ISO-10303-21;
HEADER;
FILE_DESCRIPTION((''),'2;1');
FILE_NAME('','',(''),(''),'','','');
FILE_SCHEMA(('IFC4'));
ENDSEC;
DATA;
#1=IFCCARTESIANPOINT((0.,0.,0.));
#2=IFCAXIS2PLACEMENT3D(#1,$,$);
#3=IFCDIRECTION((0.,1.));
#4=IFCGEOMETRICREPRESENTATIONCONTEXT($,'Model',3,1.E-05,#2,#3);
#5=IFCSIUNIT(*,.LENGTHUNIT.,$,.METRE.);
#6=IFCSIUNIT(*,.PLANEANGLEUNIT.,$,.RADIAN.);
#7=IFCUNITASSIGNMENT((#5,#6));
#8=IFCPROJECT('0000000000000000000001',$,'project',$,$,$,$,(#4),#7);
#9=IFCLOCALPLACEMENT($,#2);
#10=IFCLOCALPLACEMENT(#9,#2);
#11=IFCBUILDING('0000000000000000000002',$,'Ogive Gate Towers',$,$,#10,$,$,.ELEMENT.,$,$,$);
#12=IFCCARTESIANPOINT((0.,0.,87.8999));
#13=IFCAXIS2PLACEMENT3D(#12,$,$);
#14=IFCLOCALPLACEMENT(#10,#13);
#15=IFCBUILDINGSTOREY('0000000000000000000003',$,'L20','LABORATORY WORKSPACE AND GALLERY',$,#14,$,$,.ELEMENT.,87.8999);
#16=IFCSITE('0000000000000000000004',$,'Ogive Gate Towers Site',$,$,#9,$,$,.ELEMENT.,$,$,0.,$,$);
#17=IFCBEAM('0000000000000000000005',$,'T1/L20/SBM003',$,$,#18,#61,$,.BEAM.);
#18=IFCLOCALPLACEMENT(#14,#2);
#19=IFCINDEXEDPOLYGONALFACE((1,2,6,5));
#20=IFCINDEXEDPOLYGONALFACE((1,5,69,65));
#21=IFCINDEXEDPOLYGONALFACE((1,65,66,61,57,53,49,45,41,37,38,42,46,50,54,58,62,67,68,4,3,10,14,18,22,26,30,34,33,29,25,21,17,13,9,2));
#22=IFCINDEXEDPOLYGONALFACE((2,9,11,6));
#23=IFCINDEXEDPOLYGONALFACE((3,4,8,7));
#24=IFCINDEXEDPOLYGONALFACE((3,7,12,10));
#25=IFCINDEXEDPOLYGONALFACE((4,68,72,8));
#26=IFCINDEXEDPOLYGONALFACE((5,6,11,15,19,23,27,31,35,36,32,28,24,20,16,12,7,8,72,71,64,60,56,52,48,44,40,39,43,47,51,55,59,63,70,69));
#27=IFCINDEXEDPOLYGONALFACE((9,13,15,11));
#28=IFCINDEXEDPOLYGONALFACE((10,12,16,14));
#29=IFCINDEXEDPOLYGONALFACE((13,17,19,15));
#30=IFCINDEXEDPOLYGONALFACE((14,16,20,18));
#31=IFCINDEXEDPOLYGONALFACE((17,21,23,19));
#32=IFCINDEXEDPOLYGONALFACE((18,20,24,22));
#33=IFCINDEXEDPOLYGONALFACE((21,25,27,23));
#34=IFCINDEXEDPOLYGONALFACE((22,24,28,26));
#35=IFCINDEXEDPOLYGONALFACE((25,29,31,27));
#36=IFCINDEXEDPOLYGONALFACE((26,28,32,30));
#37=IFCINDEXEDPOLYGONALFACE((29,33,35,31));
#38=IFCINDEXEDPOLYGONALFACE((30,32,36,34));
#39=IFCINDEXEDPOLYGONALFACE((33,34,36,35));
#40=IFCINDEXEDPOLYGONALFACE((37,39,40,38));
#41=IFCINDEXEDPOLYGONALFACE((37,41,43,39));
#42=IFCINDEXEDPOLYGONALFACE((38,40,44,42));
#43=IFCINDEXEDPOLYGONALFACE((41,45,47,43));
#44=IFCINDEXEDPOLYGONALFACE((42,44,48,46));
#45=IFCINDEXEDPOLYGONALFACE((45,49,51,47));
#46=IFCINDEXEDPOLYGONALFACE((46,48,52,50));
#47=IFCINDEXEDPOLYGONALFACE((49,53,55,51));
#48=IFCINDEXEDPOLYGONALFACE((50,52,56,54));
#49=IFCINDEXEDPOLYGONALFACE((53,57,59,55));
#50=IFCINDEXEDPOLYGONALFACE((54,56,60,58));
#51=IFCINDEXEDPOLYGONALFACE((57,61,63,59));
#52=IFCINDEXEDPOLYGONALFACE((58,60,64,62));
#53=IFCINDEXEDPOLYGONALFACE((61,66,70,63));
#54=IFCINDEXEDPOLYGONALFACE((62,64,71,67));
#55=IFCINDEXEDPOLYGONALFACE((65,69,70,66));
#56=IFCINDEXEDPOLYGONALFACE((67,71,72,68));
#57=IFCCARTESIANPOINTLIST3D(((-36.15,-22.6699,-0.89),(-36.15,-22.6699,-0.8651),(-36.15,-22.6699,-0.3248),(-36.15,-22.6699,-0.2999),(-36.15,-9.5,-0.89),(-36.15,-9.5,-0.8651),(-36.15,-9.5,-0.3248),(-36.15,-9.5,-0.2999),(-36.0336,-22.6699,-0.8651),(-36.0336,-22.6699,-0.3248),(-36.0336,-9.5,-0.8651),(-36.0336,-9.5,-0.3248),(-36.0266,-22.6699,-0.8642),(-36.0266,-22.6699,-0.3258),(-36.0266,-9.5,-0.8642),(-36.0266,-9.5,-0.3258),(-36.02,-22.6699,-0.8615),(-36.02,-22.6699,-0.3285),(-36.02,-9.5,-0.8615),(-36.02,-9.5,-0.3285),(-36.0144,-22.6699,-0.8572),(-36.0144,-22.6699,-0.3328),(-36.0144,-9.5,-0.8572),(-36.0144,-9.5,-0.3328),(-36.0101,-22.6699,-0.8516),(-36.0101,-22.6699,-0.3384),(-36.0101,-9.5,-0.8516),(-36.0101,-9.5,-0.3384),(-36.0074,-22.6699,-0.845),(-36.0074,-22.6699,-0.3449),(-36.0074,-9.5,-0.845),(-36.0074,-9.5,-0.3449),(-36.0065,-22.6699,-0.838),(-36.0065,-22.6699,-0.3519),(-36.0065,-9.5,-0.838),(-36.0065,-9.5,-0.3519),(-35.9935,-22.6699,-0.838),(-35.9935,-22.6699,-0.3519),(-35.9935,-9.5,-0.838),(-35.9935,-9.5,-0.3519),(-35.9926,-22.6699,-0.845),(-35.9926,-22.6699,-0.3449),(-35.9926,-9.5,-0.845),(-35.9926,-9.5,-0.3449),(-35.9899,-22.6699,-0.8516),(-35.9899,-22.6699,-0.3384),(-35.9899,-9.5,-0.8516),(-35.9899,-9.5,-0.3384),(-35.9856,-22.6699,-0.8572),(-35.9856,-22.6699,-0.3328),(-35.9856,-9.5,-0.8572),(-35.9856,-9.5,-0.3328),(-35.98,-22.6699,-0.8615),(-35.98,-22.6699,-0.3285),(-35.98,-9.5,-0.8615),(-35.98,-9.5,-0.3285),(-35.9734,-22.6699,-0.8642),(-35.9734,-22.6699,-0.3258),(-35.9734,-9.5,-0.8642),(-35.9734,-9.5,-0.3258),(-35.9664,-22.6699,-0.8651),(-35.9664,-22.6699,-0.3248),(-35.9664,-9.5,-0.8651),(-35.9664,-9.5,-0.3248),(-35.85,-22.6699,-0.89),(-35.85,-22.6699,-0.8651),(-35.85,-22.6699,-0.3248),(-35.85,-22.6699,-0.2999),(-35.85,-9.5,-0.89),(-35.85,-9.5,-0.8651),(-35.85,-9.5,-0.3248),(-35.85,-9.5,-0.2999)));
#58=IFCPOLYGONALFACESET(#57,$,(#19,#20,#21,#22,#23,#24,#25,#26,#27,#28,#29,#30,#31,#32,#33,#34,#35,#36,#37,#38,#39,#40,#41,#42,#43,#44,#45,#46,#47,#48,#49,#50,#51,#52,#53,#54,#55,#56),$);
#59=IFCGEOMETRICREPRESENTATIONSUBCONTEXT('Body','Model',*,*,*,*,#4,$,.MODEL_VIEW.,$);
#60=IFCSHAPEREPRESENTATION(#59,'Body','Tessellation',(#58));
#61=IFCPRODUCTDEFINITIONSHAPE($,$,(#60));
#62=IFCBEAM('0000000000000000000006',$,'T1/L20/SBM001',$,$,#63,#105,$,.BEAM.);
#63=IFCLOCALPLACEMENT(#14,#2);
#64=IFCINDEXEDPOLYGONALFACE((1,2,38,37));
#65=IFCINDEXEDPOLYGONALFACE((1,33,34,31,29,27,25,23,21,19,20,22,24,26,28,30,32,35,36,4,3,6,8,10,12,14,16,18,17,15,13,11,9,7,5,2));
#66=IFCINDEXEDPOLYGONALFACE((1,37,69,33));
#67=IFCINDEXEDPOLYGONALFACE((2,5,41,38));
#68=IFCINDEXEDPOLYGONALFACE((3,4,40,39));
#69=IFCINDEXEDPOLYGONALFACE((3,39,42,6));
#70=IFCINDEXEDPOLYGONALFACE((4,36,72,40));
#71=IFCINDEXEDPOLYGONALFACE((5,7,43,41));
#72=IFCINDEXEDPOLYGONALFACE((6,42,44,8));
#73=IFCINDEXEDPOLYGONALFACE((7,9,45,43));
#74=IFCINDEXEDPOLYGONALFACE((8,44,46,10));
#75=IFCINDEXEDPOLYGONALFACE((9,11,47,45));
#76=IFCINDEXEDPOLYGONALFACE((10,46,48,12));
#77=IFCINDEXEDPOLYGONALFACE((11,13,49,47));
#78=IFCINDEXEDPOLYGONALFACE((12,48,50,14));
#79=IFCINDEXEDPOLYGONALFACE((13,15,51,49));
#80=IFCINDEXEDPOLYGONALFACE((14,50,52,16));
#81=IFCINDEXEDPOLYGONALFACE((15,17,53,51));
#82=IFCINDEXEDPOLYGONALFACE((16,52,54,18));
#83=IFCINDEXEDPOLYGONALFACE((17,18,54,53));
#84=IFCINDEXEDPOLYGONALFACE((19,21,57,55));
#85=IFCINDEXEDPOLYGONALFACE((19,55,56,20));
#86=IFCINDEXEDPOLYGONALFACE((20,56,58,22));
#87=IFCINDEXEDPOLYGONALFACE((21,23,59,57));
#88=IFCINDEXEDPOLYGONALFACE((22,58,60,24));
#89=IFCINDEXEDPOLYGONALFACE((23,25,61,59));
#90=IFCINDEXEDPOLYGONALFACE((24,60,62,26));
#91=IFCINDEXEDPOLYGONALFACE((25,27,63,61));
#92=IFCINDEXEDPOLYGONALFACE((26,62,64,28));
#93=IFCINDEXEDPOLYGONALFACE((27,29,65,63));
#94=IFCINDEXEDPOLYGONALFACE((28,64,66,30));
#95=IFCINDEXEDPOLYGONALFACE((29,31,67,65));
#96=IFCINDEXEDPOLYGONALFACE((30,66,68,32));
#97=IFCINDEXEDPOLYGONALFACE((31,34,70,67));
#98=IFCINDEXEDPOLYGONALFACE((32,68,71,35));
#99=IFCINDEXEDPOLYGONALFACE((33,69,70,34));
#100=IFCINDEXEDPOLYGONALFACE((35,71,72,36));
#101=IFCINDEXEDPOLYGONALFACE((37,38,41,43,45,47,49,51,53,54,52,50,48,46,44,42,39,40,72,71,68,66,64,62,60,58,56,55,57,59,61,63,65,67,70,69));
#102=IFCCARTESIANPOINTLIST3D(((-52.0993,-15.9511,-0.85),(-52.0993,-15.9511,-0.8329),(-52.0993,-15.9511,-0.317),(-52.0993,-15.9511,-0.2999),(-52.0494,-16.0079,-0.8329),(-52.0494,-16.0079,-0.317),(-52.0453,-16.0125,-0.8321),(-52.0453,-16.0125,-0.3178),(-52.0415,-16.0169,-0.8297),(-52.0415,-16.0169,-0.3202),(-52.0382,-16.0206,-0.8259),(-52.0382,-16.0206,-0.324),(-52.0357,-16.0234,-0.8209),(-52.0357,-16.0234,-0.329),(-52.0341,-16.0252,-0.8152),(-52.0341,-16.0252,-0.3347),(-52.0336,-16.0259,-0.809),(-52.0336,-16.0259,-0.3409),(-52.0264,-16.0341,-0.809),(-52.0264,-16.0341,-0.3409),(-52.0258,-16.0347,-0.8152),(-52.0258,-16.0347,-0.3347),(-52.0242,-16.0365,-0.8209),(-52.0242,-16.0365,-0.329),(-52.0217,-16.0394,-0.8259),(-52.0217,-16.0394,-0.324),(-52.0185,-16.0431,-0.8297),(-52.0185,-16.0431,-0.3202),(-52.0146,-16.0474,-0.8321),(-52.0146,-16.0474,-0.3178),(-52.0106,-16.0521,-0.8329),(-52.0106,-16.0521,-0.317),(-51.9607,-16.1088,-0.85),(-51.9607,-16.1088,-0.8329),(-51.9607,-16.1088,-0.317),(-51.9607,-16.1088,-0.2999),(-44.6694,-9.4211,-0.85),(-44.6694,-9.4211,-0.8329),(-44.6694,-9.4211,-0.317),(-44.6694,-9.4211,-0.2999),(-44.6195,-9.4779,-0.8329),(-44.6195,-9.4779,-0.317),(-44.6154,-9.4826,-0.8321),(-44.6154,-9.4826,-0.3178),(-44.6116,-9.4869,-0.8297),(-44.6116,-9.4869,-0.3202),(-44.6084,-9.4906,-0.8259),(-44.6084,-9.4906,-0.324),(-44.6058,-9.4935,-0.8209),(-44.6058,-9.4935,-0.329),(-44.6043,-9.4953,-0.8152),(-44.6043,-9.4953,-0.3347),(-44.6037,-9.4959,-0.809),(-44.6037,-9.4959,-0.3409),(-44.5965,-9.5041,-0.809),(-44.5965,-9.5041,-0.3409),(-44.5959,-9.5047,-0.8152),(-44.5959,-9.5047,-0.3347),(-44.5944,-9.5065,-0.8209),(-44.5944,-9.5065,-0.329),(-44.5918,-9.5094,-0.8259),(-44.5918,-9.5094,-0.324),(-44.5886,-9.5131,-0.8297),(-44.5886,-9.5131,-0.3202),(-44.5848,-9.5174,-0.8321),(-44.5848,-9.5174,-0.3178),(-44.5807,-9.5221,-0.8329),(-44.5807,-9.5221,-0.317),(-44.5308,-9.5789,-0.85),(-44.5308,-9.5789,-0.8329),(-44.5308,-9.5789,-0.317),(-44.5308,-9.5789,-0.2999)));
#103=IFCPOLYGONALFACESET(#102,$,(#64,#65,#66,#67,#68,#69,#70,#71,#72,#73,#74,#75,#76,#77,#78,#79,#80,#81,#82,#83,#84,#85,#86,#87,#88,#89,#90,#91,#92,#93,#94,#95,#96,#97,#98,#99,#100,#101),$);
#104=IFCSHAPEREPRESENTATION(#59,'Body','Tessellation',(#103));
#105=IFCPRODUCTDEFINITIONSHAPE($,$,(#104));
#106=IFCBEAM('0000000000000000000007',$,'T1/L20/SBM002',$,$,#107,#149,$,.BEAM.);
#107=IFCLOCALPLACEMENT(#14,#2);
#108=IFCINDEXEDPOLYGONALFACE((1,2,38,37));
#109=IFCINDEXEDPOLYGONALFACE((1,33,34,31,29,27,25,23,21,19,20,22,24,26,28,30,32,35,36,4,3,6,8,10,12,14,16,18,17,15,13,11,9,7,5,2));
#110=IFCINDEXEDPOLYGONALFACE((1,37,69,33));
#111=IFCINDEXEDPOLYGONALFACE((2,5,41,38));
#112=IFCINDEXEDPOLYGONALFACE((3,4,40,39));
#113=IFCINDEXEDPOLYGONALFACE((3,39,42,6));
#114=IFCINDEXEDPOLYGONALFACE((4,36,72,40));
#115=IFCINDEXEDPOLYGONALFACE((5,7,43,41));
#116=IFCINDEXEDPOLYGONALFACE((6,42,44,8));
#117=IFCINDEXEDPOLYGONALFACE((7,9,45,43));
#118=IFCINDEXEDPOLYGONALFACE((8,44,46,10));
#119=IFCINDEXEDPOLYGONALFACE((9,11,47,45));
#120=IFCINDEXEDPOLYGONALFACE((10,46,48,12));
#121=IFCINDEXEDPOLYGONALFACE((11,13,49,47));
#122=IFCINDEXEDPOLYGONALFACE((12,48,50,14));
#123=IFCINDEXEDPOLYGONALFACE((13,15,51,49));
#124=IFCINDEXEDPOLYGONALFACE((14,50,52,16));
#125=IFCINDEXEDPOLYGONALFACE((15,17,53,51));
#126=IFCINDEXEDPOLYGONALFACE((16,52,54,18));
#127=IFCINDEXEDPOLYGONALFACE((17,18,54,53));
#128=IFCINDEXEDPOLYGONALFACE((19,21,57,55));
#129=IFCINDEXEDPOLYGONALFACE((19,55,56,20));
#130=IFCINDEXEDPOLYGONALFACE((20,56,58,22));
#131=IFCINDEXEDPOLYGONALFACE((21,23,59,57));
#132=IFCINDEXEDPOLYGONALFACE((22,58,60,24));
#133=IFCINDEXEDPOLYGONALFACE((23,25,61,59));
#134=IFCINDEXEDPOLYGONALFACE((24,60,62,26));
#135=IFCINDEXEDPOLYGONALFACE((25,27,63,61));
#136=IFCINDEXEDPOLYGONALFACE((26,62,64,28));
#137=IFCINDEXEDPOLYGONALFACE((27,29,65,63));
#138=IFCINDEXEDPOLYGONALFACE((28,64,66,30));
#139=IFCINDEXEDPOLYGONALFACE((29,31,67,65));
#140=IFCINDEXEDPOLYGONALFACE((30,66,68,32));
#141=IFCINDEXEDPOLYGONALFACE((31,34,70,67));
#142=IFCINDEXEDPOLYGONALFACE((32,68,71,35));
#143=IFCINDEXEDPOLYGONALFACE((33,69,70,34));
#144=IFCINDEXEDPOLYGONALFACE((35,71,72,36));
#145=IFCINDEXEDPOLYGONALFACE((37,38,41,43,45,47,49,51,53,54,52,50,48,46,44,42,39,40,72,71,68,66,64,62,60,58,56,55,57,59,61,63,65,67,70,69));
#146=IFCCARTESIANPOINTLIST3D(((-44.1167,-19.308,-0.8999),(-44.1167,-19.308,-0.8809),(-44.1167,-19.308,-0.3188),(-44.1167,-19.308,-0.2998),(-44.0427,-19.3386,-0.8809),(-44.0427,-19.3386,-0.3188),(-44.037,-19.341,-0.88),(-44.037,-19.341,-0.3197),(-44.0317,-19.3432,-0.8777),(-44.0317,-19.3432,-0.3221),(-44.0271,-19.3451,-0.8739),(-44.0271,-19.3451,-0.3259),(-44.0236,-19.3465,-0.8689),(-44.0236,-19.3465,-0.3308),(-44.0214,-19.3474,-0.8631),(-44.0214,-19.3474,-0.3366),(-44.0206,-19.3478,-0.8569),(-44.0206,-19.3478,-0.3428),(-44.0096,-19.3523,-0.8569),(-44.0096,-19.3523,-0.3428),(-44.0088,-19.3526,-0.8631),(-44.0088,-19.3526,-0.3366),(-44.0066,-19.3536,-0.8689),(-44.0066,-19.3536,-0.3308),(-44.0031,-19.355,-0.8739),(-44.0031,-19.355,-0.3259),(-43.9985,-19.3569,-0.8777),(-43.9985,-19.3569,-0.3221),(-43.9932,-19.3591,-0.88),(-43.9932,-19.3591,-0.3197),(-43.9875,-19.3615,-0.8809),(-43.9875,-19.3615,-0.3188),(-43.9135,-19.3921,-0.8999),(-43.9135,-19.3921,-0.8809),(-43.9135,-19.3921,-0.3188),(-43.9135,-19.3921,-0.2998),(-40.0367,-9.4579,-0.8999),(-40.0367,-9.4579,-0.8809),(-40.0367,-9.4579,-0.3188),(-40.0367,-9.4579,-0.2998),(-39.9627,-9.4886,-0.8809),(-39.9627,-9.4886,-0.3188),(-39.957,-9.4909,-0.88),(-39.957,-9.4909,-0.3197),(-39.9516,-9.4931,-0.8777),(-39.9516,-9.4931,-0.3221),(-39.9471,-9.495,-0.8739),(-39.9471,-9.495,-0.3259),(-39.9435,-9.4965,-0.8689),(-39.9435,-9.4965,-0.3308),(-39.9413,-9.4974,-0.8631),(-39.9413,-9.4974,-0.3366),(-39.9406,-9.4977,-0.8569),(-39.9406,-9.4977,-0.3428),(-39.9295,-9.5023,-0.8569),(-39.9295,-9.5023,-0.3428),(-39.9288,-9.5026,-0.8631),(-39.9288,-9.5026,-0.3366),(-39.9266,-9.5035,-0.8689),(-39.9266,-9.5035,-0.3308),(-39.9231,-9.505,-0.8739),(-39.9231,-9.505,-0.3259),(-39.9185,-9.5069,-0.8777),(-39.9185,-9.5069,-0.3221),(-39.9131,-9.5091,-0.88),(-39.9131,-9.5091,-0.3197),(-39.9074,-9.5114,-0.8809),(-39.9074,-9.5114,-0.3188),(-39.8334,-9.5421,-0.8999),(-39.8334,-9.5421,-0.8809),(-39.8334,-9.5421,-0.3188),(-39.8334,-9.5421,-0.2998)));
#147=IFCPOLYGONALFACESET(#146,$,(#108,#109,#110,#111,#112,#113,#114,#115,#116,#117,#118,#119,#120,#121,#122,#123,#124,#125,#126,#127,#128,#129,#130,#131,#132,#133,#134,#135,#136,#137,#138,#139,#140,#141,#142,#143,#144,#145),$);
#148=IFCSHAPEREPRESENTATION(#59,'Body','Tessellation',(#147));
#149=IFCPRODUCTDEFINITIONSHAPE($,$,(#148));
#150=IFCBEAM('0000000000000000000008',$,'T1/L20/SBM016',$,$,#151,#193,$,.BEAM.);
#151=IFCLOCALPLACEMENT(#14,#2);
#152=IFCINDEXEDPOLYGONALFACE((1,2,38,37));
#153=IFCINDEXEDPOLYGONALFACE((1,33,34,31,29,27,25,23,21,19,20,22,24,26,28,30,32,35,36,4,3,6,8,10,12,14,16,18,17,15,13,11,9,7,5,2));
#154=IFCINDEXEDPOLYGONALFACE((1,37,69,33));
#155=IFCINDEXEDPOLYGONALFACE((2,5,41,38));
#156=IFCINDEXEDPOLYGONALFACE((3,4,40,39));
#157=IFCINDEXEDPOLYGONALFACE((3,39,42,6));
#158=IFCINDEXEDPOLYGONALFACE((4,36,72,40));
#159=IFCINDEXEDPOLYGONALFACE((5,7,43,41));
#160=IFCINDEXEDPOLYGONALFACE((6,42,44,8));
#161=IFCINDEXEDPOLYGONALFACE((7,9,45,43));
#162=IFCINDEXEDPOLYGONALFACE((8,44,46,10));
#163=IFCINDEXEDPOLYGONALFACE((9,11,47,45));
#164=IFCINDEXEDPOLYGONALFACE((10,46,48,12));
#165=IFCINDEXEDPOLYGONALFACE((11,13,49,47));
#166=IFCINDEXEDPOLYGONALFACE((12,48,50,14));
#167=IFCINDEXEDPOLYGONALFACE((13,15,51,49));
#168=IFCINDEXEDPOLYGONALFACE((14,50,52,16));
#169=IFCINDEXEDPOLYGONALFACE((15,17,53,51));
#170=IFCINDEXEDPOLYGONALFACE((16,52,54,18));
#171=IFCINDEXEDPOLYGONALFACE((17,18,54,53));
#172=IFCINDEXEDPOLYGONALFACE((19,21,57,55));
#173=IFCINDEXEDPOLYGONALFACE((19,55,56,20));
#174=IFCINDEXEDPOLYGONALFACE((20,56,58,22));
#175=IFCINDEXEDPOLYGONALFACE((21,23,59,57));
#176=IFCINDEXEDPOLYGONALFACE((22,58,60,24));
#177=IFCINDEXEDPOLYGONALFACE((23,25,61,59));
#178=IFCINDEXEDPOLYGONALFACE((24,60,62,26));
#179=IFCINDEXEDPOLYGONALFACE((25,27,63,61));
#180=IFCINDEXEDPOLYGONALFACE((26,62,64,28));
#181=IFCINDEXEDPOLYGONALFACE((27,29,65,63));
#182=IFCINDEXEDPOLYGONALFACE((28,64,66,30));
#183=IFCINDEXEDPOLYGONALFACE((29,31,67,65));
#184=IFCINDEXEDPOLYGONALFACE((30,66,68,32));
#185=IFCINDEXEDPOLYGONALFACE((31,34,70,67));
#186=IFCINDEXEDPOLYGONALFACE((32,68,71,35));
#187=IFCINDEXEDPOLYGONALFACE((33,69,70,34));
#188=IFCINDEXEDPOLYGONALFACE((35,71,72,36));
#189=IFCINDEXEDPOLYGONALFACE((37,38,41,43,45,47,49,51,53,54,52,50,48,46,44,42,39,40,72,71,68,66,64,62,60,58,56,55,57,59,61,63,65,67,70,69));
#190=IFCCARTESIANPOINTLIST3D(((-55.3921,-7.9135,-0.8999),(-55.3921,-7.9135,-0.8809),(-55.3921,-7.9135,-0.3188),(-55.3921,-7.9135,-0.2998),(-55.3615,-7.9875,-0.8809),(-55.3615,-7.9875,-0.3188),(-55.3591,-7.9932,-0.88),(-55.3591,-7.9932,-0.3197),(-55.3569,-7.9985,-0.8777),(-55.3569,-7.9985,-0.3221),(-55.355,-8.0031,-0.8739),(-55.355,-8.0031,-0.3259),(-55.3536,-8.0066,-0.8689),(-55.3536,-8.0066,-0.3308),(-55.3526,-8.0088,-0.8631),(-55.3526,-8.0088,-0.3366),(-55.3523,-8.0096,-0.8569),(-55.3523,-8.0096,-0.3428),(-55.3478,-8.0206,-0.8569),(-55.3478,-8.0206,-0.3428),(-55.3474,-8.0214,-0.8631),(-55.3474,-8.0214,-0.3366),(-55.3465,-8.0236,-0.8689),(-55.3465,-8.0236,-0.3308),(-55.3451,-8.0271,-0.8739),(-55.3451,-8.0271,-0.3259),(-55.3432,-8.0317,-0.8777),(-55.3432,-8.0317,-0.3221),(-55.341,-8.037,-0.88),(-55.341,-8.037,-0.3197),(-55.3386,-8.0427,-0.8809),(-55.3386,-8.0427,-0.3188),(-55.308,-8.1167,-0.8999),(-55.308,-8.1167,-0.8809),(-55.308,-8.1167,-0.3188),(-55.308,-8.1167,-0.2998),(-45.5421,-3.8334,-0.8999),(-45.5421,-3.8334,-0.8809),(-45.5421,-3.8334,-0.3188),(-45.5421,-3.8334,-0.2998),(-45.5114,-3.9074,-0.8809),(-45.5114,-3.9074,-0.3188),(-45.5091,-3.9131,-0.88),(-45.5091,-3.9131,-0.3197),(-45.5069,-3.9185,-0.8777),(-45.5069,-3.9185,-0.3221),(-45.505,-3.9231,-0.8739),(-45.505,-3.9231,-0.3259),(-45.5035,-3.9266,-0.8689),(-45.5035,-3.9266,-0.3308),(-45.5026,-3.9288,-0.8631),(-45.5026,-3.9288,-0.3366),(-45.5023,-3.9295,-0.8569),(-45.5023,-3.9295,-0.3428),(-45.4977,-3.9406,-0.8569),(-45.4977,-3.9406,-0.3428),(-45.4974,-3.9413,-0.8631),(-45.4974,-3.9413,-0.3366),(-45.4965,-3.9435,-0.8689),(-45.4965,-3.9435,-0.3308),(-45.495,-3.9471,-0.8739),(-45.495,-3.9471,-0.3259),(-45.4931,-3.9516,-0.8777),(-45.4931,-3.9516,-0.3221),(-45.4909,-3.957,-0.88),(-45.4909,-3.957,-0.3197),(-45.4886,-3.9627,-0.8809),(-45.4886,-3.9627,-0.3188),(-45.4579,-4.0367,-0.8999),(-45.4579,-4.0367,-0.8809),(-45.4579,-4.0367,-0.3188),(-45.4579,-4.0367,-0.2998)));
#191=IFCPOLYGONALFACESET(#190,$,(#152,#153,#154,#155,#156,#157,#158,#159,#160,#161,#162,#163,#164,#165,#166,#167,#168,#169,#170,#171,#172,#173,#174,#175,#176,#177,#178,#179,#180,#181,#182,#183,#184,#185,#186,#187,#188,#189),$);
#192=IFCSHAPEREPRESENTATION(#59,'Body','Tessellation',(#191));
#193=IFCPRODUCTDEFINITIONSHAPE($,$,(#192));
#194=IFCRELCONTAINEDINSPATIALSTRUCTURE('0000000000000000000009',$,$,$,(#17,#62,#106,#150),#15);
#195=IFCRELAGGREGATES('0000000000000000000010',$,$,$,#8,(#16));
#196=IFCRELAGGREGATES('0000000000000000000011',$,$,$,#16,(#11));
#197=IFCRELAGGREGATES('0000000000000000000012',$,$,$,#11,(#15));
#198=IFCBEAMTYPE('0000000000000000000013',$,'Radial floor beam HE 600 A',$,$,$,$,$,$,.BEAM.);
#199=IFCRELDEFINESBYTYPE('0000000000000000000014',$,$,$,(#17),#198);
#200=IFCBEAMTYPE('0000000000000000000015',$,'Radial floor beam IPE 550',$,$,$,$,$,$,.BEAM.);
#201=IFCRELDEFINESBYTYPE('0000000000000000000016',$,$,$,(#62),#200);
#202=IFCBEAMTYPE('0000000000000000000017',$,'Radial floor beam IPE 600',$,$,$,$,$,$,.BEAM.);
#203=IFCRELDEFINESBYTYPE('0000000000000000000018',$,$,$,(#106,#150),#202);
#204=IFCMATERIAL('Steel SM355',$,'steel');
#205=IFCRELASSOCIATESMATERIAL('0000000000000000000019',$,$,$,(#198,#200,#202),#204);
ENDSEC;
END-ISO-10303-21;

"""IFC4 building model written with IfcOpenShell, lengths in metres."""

from ifc_helpers import new_model, si_unit, direction, frame, origin, origin_2d, place, context, subcontext, project, spatial, i_section, extrude, material, material_profile, profile_set, type_object, element, save


model = new_model("IFC4")

# Units and contexts
model_context = context("Model", 3, precision=1e-05, world=origin(), true_north=direction((0.0, 1.0)))
body_context = subcontext(model_context, "Body", "Model", "MODEL_VIEW")
ifc_project = project(units=[si_unit("LENGTHUNIT", "METRE"), si_unit("PLANEANGLEUNIT", "RADIAN")], contexts=[model_context])

# Site, building, storey
site_placement = place(None, origin())
site = spatial("IfcSite", under=ifc_project, at=site_placement, Name="Ogive Gate Towers Site", CompositionType="ELEMENT", RefElevation=0.0)
building_placement = place(site_placement, origin())
building = spatial("IfcBuilding", under=site, at=building_placement, Name="Ogive Gate Towers", CompositionType="ELEMENT")
storey_placement = place(building_placement, frame((0.0, 0.0, 87.8999)))
storey = spatial("IfcBuildingStorey", under=building, at=storey_placement, Name="L20", Description="LABORATORY WORKSPACE AND GALLERY", CompositionType="ELEMENT", Elevation=87.8999)

# Beams
ifc_material_1 = material(Name="Steel SM355", Category="steel")
ifc_material_profile_1 = material_profile(ifc_material_1, i_section(OverallWidth=0.3, OverallDepth=0.5901, WebThickness=0.0129, FlangeThickness=0.0249, FilletRadius=0.0271, at=origin_2d()), Name="HE 600 A")
ifc_profile_set_1 = profile_set([ifc_material_profile_1], Name="Steel SM355")
beam_type_1 = type_object("IfcBeamType", Name="Radial floor beam HE 600 A", PredefinedType="BEAM", material=ifc_profile_set_1)
beam_1_placement = place(storey_placement, frame((-36.0, -9.5, -0.595), z_axis=(0.0, -1.0, 0.0), x_axis=(1.0, 0.0, 0.0)))
element("IfcBeam", 1, at=beam_1_placement, inside=storey, type_object=beam_type_1, Name="T1/L20/SBM003", PredefinedType="BEAM", context=body_context, shape_type="SweptSolid", body=[
    extrude(i_section(OverallWidth=0.3, OverallDepth=0.5901, WebThickness=0.0129, FlangeThickness=0.0249, FilletRadius=0.0271, at=origin_2d()), origin(), (0.0, 0.0, 1.0), 13.1699),
])
ifc_material_profile_2 = material_profile(ifc_material_1, i_section(OverallWidth=0.21, OverallDepth=0.55, WebThickness=0.011, FlangeThickness=0.0171, FilletRadius=0.0239, at=origin_2d()), Name="IPE 550")
ifc_profile_set_2 = profile_set([ifc_material_profile_2], Name="Steel SM355")
beam_type_2 = type_object("IfcBeamType", Name="Radial floor beam IPE 550", PredefinedType="BEAM", material=ifc_profile_set_2)
beam_2_placement = place(storey_placement, frame((-44.6001, -9.5, -0.575), z_axis=(-0.75113, -0.660154, 0.0), x_axis=(0.660154, -0.75113, 0.0)))
element("IfcBeam", 2, at=beam_2_placement, inside=storey, type_object=beam_type_2, Name="T1/L20/SBM001", PredefinedType="BEAM", context=body_context, shape_type="SweptSolid", body=[
    extrude(i_section(OverallWidth=0.21, OverallDepth=0.55, WebThickness=0.011, FlangeThickness=0.0171, FilletRadius=0.0239, at=origin_2d()), origin(), (0.0, 0.0, 1.0), 9.8916),
])
ifc_material_profile_3 = material_profile(ifc_material_1, i_section(OverallWidth=0.22, OverallDepth=0.6001, WebThickness=0.012, FlangeThickness=0.019, FilletRadius=0.0239, at=origin_2d()), Name="IPE 600")
ifc_profile_set_3 = profile_set([ifc_material_profile_3], Name="Steel SM355")
beam_type_3 = type_object("IfcBeamType", Name="Radial floor beam IPE 600", PredefinedType="BEAM", material=ifc_profile_set_3)
for number, where, z_axis, x_axis, name in (
    (3, (-39.9351, -9.5, -0.5999), (-0.382686, -0.923878, 0.0), (0.923878, -0.382686, 0.0), "T1/L20/SBM002"),
    (4, (-45.5, -3.9351, -0.5999), (-0.923878, -0.382686, 0.0), (0.382686, -0.923878, 0.0), "T1/L20/SBM016"),
):
    element("IfcBeam", number, at=place(storey_placement, frame(where, z_axis=z_axis, x_axis=x_axis)), inside=storey, type_object=beam_type_3, Name=name, PredefinedType="BEAM", context=body_context, shape_type="SweptSolid", body=[
        extrude(i_section(OverallWidth=0.22, OverallDepth=0.6001, WebThickness=0.012, FlangeThickness=0.019, FilletRadius=0.0239, at=origin_2d()), origin(), (0.0, 0.0, 1.0), 10.6616),
    ])

save(model, "model.ifc")
